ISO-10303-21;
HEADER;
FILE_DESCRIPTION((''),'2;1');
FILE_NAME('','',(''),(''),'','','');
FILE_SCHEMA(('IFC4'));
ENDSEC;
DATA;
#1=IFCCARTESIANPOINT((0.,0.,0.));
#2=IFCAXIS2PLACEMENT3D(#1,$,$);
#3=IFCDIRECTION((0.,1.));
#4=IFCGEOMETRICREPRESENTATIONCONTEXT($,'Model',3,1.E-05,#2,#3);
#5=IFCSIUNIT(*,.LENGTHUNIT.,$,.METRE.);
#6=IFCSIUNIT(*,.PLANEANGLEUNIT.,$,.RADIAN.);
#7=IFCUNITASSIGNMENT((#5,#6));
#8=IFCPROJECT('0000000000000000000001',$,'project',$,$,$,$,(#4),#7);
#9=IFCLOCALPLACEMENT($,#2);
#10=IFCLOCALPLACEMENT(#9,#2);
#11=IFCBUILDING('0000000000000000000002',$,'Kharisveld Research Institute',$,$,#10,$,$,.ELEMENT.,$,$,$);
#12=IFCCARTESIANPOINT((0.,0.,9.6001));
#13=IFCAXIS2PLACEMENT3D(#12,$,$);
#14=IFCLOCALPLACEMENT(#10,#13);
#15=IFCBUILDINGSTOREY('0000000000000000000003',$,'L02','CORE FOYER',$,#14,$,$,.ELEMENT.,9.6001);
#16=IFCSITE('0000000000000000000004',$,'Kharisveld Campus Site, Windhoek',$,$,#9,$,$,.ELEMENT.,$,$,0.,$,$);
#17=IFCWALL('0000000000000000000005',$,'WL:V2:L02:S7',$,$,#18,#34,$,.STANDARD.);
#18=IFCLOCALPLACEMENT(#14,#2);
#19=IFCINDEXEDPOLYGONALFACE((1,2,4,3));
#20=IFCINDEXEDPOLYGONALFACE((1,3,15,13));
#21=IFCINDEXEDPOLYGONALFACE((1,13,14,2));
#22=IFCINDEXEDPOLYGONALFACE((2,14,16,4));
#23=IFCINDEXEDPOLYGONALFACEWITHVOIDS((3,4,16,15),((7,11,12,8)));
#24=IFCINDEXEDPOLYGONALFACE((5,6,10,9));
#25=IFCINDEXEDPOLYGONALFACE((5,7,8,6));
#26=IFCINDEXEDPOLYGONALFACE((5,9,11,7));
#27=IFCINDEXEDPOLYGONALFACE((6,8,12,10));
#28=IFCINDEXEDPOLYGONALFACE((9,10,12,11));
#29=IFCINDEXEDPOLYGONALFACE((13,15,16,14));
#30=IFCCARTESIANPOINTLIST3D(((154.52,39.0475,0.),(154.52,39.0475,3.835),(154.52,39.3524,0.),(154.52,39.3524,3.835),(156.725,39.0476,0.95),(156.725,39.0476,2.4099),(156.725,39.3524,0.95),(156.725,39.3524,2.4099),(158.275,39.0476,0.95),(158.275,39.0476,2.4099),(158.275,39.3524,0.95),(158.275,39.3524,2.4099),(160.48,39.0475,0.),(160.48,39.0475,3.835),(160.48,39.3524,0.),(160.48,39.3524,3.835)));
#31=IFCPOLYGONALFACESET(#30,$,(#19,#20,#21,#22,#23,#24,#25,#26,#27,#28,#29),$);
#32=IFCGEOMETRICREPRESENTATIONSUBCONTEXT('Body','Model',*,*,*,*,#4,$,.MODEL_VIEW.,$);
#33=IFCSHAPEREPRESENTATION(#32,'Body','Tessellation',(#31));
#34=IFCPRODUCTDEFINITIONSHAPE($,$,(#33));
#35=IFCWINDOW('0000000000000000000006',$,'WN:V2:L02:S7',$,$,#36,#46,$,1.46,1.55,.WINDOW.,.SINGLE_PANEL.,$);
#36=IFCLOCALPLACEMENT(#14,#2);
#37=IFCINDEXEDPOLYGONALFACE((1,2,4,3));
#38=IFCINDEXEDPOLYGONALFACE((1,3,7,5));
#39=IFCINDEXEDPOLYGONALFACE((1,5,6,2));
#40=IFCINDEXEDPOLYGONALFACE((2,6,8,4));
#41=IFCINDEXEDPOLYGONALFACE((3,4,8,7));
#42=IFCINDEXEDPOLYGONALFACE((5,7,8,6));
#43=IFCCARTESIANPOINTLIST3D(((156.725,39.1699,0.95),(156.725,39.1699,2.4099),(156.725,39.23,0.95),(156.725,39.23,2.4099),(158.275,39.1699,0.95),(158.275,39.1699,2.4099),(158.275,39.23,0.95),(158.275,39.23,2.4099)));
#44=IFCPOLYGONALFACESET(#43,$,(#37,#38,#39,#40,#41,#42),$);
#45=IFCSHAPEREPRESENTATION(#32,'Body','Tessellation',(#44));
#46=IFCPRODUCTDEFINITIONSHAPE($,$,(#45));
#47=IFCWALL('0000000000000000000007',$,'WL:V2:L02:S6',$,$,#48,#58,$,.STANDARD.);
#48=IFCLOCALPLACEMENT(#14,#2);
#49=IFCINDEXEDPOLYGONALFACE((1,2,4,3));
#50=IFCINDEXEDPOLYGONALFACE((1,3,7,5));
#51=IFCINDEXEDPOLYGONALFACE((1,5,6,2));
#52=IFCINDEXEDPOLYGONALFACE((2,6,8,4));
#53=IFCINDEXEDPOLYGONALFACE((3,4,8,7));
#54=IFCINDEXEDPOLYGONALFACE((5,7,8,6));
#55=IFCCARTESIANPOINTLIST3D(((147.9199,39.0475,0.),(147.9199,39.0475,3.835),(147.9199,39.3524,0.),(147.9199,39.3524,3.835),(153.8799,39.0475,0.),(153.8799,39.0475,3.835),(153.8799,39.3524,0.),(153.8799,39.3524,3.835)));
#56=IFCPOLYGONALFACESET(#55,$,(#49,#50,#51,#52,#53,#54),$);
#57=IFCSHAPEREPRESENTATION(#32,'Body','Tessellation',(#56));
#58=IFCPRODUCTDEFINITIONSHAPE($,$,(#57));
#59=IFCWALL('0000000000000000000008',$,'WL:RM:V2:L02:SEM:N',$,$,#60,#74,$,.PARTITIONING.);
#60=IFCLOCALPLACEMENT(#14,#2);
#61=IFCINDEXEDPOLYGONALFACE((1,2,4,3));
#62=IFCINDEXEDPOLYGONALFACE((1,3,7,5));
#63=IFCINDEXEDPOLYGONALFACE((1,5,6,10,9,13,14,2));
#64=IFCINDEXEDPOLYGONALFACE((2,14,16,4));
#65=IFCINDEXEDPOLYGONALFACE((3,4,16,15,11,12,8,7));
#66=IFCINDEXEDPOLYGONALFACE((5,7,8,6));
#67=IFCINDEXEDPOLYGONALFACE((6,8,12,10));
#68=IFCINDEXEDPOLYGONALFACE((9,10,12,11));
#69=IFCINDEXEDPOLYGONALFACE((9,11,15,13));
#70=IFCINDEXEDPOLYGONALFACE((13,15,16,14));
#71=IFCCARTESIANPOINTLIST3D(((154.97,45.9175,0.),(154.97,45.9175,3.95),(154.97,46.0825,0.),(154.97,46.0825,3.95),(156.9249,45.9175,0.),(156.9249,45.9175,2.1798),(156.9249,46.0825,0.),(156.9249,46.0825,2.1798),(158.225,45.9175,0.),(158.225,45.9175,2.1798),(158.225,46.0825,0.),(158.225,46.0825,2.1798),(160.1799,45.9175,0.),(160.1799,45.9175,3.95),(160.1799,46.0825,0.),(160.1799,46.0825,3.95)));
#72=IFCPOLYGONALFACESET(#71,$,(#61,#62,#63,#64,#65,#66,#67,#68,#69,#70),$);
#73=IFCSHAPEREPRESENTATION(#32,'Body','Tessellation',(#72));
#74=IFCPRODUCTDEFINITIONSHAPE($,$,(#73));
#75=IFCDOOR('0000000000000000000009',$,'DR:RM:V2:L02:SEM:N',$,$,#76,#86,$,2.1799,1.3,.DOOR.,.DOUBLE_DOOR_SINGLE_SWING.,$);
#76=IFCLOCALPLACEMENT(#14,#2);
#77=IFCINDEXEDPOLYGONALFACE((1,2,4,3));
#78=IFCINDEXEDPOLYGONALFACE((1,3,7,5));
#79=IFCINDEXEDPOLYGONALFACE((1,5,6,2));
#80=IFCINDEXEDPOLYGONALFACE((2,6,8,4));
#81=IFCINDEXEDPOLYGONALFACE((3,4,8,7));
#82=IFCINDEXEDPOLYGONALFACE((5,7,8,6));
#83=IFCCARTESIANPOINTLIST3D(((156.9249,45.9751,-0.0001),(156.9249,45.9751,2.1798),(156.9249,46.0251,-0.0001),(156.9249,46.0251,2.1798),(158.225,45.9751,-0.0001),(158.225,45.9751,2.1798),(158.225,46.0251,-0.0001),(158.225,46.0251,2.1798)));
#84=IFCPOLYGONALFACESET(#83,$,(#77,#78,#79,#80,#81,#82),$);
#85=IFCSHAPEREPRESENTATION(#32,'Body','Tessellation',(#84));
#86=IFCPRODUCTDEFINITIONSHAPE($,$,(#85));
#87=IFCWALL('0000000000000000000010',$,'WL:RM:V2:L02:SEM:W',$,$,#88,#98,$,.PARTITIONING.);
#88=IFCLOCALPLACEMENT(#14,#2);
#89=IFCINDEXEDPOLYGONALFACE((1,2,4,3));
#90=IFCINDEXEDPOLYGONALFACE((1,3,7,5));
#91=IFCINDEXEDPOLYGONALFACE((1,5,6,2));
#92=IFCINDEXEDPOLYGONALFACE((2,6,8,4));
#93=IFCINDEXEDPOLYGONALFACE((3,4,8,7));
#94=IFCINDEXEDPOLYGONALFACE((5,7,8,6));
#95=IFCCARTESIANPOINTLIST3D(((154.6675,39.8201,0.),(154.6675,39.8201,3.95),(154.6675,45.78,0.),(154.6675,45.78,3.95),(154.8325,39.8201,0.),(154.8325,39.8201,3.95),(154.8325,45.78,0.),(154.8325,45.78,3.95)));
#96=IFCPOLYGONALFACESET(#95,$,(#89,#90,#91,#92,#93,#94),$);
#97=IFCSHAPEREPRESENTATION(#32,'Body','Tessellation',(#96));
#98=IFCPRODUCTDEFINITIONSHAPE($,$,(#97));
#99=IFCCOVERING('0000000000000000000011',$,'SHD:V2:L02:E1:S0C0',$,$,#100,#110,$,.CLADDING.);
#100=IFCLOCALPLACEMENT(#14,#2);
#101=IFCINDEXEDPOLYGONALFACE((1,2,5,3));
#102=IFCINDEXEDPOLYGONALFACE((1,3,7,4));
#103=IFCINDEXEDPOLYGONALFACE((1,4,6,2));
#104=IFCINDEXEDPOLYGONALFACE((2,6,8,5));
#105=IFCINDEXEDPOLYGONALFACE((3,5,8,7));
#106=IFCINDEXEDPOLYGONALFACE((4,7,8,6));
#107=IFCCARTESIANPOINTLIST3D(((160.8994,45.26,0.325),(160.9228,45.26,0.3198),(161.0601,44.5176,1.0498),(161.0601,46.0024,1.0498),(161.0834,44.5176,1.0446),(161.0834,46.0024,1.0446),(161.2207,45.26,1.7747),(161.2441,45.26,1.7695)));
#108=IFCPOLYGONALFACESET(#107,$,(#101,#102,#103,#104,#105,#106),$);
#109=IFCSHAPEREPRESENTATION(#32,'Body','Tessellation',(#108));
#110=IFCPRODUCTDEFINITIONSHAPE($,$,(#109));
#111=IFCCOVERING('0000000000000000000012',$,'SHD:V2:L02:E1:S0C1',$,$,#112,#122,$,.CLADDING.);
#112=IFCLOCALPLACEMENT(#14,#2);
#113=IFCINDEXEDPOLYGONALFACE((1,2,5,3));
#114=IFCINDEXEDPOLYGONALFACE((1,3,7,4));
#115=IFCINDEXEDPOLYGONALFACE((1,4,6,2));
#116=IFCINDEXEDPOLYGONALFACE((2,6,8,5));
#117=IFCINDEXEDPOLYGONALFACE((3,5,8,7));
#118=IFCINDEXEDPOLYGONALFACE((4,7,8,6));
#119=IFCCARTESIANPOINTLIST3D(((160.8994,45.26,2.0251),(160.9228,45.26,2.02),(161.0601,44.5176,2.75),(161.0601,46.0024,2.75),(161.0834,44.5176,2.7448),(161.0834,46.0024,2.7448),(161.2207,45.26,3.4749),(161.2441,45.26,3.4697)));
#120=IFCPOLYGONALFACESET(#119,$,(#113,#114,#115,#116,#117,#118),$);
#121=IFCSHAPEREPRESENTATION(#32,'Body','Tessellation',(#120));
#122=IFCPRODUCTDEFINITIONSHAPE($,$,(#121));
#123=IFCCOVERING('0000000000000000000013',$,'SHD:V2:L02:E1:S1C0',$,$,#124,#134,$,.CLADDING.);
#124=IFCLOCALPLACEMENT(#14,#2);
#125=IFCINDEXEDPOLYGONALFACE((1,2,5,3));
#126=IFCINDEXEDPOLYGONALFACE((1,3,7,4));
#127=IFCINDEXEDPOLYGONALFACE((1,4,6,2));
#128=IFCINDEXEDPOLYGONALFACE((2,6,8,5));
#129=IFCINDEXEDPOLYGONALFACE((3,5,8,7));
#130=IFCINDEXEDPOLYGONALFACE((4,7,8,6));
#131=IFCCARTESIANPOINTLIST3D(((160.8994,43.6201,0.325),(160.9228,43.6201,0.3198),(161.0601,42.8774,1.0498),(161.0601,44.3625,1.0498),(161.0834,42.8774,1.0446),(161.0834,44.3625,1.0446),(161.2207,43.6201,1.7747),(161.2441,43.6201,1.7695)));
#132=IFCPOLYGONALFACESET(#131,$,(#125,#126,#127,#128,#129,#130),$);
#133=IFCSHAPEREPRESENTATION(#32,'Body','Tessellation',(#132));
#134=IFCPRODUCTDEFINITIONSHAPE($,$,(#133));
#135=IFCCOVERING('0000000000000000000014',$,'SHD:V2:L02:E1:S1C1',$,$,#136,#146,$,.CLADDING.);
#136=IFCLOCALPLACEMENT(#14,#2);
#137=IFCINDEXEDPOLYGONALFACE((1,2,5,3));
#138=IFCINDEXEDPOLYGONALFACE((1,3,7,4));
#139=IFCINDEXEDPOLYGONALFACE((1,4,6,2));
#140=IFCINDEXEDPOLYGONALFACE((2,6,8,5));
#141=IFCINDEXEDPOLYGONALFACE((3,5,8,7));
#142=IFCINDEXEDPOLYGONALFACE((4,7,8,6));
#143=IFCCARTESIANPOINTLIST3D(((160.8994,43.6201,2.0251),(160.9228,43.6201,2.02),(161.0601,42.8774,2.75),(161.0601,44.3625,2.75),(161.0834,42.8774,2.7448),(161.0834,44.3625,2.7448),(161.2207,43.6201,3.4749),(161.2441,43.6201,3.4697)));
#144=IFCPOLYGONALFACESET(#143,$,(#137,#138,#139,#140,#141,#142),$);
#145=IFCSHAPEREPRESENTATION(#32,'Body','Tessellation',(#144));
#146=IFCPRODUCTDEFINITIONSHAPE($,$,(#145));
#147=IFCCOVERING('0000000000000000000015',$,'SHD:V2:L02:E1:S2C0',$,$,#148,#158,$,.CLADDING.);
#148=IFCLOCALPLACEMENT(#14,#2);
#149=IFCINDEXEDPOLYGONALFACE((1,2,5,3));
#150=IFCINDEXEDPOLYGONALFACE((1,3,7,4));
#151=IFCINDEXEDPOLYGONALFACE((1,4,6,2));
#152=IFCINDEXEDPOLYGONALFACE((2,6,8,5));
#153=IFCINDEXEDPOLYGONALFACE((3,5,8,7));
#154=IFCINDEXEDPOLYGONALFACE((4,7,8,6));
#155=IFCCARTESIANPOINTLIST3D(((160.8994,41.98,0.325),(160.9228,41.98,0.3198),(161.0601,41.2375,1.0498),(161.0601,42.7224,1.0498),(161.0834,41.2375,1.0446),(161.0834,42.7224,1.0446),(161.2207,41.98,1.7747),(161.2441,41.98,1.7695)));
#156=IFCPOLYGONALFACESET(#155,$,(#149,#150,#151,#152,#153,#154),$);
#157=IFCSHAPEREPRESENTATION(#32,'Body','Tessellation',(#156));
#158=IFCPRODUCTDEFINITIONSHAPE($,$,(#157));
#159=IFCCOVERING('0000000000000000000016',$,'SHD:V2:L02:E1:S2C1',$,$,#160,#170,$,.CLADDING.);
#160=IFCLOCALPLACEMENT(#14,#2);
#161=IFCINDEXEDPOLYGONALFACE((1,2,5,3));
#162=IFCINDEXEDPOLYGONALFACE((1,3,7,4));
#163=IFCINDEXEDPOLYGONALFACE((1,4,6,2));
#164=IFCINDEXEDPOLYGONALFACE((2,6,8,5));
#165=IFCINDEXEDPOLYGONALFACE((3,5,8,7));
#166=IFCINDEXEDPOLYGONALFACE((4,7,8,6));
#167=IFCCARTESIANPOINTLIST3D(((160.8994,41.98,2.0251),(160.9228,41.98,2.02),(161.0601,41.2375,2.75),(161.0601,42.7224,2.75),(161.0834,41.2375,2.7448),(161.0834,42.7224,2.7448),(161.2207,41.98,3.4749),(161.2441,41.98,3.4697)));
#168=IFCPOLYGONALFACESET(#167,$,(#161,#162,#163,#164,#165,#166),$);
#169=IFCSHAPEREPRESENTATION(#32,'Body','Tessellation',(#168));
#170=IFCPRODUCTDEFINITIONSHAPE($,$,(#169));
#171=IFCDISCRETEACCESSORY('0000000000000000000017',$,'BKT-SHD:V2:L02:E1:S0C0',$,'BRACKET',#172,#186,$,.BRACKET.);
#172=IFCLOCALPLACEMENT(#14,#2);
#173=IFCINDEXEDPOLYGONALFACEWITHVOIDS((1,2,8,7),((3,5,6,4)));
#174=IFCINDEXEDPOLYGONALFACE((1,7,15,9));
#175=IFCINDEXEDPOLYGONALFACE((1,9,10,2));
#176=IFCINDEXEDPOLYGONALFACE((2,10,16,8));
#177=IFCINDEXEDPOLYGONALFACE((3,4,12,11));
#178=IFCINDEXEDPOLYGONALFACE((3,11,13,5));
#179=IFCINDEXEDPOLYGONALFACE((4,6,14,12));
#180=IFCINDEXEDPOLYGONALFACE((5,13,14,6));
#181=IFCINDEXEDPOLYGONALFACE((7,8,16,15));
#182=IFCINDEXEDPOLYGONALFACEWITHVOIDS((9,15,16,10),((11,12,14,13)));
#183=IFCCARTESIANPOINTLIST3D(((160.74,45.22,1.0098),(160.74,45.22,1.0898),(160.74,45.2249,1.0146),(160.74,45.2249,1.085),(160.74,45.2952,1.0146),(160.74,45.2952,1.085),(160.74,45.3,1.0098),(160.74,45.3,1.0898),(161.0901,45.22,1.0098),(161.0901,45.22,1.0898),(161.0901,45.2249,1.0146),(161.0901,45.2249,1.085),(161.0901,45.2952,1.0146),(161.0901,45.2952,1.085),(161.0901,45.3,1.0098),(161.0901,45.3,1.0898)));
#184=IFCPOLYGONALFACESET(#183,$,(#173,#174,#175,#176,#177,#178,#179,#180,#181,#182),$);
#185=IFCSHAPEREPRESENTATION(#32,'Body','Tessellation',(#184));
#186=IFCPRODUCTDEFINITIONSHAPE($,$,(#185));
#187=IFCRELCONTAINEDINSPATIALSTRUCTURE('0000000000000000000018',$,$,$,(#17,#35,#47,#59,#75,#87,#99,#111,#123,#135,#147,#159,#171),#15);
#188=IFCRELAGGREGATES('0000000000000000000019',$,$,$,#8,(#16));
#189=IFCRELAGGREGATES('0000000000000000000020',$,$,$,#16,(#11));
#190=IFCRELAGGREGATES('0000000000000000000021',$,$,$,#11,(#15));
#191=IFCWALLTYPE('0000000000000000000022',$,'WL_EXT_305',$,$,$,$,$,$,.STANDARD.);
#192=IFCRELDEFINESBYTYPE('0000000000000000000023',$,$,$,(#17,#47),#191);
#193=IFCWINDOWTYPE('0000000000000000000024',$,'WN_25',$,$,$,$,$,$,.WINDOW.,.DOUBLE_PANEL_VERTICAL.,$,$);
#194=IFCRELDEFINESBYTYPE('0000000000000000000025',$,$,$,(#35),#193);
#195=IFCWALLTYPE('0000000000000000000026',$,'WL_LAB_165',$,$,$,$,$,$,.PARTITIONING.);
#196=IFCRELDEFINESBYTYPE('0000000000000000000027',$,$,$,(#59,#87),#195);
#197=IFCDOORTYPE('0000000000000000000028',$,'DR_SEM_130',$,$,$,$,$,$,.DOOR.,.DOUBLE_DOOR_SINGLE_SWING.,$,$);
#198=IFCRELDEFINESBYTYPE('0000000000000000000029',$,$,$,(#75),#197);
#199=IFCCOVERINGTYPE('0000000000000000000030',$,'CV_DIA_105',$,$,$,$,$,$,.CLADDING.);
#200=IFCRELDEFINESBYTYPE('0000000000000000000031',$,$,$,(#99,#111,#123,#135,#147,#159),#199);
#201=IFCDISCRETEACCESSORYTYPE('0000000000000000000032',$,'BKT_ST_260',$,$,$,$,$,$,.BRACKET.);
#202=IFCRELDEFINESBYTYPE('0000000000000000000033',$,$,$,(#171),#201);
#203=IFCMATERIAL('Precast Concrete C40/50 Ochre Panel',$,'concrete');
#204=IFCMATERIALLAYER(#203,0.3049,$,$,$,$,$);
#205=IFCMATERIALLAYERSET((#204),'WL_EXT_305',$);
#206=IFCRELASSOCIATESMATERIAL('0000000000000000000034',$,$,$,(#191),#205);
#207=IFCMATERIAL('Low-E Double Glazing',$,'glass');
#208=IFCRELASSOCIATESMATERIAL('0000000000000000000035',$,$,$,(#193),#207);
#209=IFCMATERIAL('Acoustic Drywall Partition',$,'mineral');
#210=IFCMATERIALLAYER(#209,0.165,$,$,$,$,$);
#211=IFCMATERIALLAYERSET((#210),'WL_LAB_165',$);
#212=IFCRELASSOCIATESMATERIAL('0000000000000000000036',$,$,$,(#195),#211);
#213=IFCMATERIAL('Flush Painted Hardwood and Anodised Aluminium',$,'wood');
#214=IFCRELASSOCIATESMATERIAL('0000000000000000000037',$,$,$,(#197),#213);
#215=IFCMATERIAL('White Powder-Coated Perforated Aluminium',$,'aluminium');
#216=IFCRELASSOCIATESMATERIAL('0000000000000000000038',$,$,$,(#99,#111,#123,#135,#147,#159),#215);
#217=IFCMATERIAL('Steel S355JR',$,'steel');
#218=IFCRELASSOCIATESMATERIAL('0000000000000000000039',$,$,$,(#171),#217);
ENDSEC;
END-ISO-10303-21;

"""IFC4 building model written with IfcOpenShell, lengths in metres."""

from ifc_helpers import new_model, si_unit, direction, frame, frame_2d, origin, origin_2d, place, context, subcontext, project, spatial, polyline, rectangle, hollow_rectangle, outline, extrude, material, layer, layer_set, type_object, element, fill, save


model = new_model("IFC4")

# Units and contexts
model_context = context("Model", 3, precision=1e-05, world=origin(), true_north=direction((0.0, 1.0)))
body_context = subcontext(model_context, "Body", "Model", "MODEL_VIEW")
ifc_project = project(units=[si_unit("LENGTHUNIT", "METRE"), si_unit("PLANEANGLEUNIT", "RADIAN")], contexts=[model_context])

# Site, building, storey
site_placement = place(None, origin())
site = spatial("IfcSite", under=ifc_project, at=site_placement, Name="Kharisveld Campus Site, Windhoek", CompositionType="ELEMENT", RefElevation=0.0)
building_placement = place(site_placement, origin())
building = spatial("IfcBuilding", under=site, at=building_placement, Name="Kharisveld Research Institute", CompositionType="ELEMENT")
storey_placement = place(building_placement, frame((0.0, 0.0, 9.6001)))
storey = spatial("IfcBuildingStorey", under=building, at=storey_placement, Name="L02", Description="CORE FOYER", CompositionType="ELEMENT", Elevation=9.6001)

# Wall, opening, window
ifc_material_1 = material(Name="Precast Concrete C40/50 Ochre Panel", Category="concrete")
ifc_layer_1 = layer(ifc_material_1, 0.3049)
ifc_layer_set_1 = layer_set([ifc_layer_1], Name="WL_EXT_305")
wall_type_1 = type_object("IfcWallType", Name="WL_EXT_305", PredefinedType="STANDARD", material=ifc_layer_set_1)
wall_1_placement = place(storey_placement, frame((160.48, 39.2, 0.0), z_axis=(0.0, 0.0, 1.0), x_axis=(-1.0, 0.0, 0.0)))
wall_1 = element("IfcWall", 1, at=wall_1_placement, inside=storey, type_object=wall_type_1, Name="WL:V2:L02:S7", PredefinedType="STANDARD", context=body_context, shape_type="SweptSolid", body=[
    extrude(rectangle(XDim=5.96, YDim=0.3049, at=frame_2d((2.98, 0.0))), origin(), (0.0, 0.0, 1.0), 3.835),
])
opening_1_placement = place(wall_1_placement, frame((2.2051, 0.0, 0.95)))
opening_1 = element("IfcOpeningElement", 2, at=opening_1_placement, cuts=wall_1, PredefinedType="OPENING", context=body_context, shape_type="SweptSolid", body=[
    extrude(rectangle(XDim=1.55, YDim=1.46, at=frame_2d((0.7749, 0.73))), frame((0.0, 0.1523, 0.0), z_axis=(0.0, -1.0, 0.0), x_axis=(1.0, 0.0, 0.0)), (0.0, 0.0, 1.0), 0.3049),
])
ifc_material_2 = material(Name="Low-E Double Glazing", Category="glass")
window_type_1 = type_object("IfcWindowType", Name="WN_25", PartitioningType="DOUBLE_PANEL_VERTICAL", PredefinedType="WINDOW", material=ifc_material_2)
window_1_placement = place(opening_1_placement, origin())
window_1 = element("IfcWindow", 3, at=window_1_placement, inside=storey, type_object=window_type_1, Name="WN:V2:L02:S7", OverallHeight=1.46, OverallWidth=1.55, PartitioningType="SINGLE_PANEL", PredefinedType="WINDOW", context=body_context, shape_type="SweptSolid", body=[
    extrude(rectangle(XDim=1.55, YDim=1.46, at=frame_2d((0.7749, 0.73))), frame((0.0, 0.03, 0.0), z_axis=(0.0, -1.0, 0.0), x_axis=(1.0, 0.0, 0.0)), (0.0, 0.0, 1.0), 0.0601),
])
fill(opening_1, window_1)

# Wall
wall_2_placement = place(storey_placement, frame((153.8799, 39.2, 0.0), z_axis=(0.0, 0.0, 1.0), x_axis=(-1.0, 0.0, 0.0)))
element("IfcWall", 4, at=wall_2_placement, inside=storey, type_object=wall_type_1, Name="WL:V2:L02:S6", PredefinedType="STANDARD", context=body_context, shape_type="SweptSolid", body=[
    extrude(rectangle(XDim=5.96, YDim=0.3049, at=frame_2d((2.98, 0.0))), origin(), (0.0, 0.0, 1.0), 3.835),
])

# Wall, opening, door
ifc_material_3 = material(Name="Acoustic Drywall Partition", Category="mineral")
ifc_layer_2 = layer(ifc_material_3, 0.165)
ifc_layer_set_2 = layer_set([ifc_layer_2], Name="WL_LAB_165")
wall_type_2 = type_object("IfcWallType", Name="WL_LAB_165", PredefinedType="PARTITIONING", material=ifc_layer_set_2)
wall_3_placement = place(storey_placement, frame((160.1799, 46.0, 0.0), z_axis=(0.0, 0.0, 1.0), x_axis=(-1.0, 0.0, 0.0)))
wall_3 = element("IfcWall", 5, at=wall_3_placement, inside=storey, type_object=wall_type_2, Name="WL:RM:V2:L02:SEM:N", PredefinedType="PARTITIONING", context=body_context, shape_type="SweptSolid", body=[
    extrude(rectangle(XDim=5.21, YDim=0.165, at=frame_2d((2.605, 0.0))), origin(), (0.0, 0.0, 1.0), 3.95),
])
opening_2_placement = place(wall_3_placement, frame((1.9551, 0.0, 0.0)))
opening_2 = element("IfcOpeningElement", 6, at=opening_2_placement, cuts=wall_3, PredefinedType="OPENING", context=body_context, shape_type="SweptSolid", body=[
    extrude(rectangle(XDim=1.3, YDim=2.1799, at=frame_2d((0.6499, 1.0898))), frame((0.0, 0.0825, 0.0), z_axis=(0.0, -1.0, 0.0), x_axis=(1.0, 0.0, 0.0)), (0.0, 0.0, 1.0), 0.165),
])
ifc_material_4 = material(Name="Flush Painted Hardwood and Anodised Aluminium", Category="wood")
door_type = type_object("IfcDoorType", Name="DR_SEM_130", OperationType="DOUBLE_DOOR_SINGLE_SWING", PredefinedType="DOOR", material=ifc_material_4)
door_placement = place(opening_2_placement, origin())
door = element("IfcDoor", 7, at=door_placement, inside=storey, type_object=door_type, Name="DR:RM:V2:L02:SEM:N", OperationType="DOUBLE_DOOR_SINGLE_SWING", OverallHeight=2.1799, OverallWidth=1.3, PredefinedType="DOOR", context=body_context, shape_type="SweptSolid", body=[
    extrude(rectangle(XDim=1.3, YDim=2.1799, at=frame_2d((0.6499, 1.0898))), frame((0.0, 0.0249, 0.0), z_axis=(0.0, -1.0, 0.0), x_axis=(1.0, 0.0, 0.0)), (0.0, 0.0, 1.0), 0.05),
])
fill(opening_2, door)

# Wall
wall_4_placement = place(storey_placement, frame((154.75, 45.78, 0.0), z_axis=(0.0, 0.0, 1.0), x_axis=(0.0, -1.0, 0.0)))
element("IfcWall", 8, at=wall_4_placement, inside=storey, type_object=wall_type_2, Name="WL:RM:V2:L02:SEM:W", PredefinedType="PARTITIONING", context=body_context, shape_type="SweptSolid", body=[
    extrude(rectangle(XDim=5.96, YDim=0.165, at=frame_2d((2.98, 0.0))), origin(), (0.0, 0.0, 1.0), 3.95),
])

# Coverings
ifc_material_5 = material(Name="White Powder-Coated Perforated Aluminium", Category="aluminium")
covering_type = type_object("IfcCoveringType", Name="CV_DIA_105", PredefinedType="CLADDING")
for number, where, z_axis, x_axis, name in (
    (9, (160.8994, 45.26, 0.325), (-0.976311, 0.0, 0.216373), (0.153, -0.707102, 0.69036), "SHD:V2:L02:E1:S0C0"),
    (10, (160.8994, 45.26, 2.0251), (-0.976311, 0.0, 0.216373), (0.153, -0.707102, 0.69036), "SHD:V2:L02:E1:S0C1"),
):
    element("IfcCovering", number, at=place(storey_placement, frame(where, z_axis=z_axis, x_axis=x_axis)), inside=storey, type_object=covering_type, material=ifc_material_5, Name=name, PredefinedType="CLADDING", context=body_context, shape_type="SweptSolid", body=[
        extrude(outline(polyline([(0.0, 0.0), (1.05, 0.0), (1.05, 1.05), (0.0, 1.05), (0.0, 0.0)])), origin(), (0.0, 0.0, -1.0), 0.0239),
    ])
for number, where, z_axis, x_axis, name in (
    (11, (160.8994, 43.6201, 0.325), (-0.976311, 0.0, 0.216373), (0.152975, -0.707218, 0.690247), "SHD:V2:L02:E1:S1C0"),
    (12, (160.8994, 43.6201, 2.0251), (-0.976311, 0.0, 0.216373), (0.152975, -0.707218, 0.690247), "SHD:V2:L02:E1:S1C1"),
):
    element("IfcCovering", number, at=place(storey_placement, frame(where, z_axis=z_axis, x_axis=x_axis)), inside=storey, type_object=covering_type, material=ifc_material_5, Name=name, PredefinedType="CLADDING", context=body_context, shape_type="SweptSolid", body=[
        extrude(outline(polyline([(0.0, 0.0), (1.0501, 0.0), (1.0498, 1.0501), (-0.0002, 1.05), (0.0, 0.0)])), origin(), (0.0, 0.0, -1.0), 0.0239),
    ])
for number, where, z_axis, x_axis, name in (
    (13, (160.8994, 41.98, 0.325), (-0.976311, 0.0, 0.216373), (0.153, -0.707102, 0.69036), "SHD:V2:L02:E1:S2C0"),
    (14, (160.8994, 41.98, 2.0251), (-0.976311, 0.0, 0.216373), (0.153, -0.707102, 0.69036), "SHD:V2:L02:E1:S2C1"),
):
    element("IfcCovering", number, at=place(storey_placement, frame(where, z_axis=z_axis, x_axis=x_axis)), inside=storey, type_object=covering_type, material=ifc_material_5, Name=name, PredefinedType="CLADDING", context=body_context, shape_type="SweptSolid", body=[
        extrude(outline(polyline([(0.0, 0.0), (1.05, 0.0), (1.05, 1.05), (0.0, 1.05), (0.0, 0.0)])), origin(), (0.0, 0.0, -1.0), 0.0239),
    ])

# Discrete accessory
ifc_material_6 = material(Name="Steel S355JR", Category="steel")
discrete_accessory_type = type_object("IfcDiscreteAccessoryType", Name="BKT_ST_260", PredefinedType="BRACKET")
for number, where, z_axis, x_axis, name in (
    (15, (160.74, 45.26, 1.0498), (1.0, 0.0, 0.0), (0.0, 1.0, 0.0), "BKT-SHD:V2:L02:E1:S0C0"),
):
    element("IfcDiscreteAccessory", number, at=place(storey_placement, frame(where, z_axis=z_axis, x_axis=x_axis)), inside=storey, type_object=discrete_accessory_type, material=ifc_material_6, Name=name, ObjectType="BRACKET", PredefinedType="BRACKET", context=body_context, shape_type="SweptSolid", body=[
        extrude(hollow_rectangle(XDim=0.0801, YDim=0.0801, WallThickness=0.0049, at=origin_2d()), origin(), (0.0, 0.0, 1.0), 0.3501),
    ])

save(model, "model.ifc")
